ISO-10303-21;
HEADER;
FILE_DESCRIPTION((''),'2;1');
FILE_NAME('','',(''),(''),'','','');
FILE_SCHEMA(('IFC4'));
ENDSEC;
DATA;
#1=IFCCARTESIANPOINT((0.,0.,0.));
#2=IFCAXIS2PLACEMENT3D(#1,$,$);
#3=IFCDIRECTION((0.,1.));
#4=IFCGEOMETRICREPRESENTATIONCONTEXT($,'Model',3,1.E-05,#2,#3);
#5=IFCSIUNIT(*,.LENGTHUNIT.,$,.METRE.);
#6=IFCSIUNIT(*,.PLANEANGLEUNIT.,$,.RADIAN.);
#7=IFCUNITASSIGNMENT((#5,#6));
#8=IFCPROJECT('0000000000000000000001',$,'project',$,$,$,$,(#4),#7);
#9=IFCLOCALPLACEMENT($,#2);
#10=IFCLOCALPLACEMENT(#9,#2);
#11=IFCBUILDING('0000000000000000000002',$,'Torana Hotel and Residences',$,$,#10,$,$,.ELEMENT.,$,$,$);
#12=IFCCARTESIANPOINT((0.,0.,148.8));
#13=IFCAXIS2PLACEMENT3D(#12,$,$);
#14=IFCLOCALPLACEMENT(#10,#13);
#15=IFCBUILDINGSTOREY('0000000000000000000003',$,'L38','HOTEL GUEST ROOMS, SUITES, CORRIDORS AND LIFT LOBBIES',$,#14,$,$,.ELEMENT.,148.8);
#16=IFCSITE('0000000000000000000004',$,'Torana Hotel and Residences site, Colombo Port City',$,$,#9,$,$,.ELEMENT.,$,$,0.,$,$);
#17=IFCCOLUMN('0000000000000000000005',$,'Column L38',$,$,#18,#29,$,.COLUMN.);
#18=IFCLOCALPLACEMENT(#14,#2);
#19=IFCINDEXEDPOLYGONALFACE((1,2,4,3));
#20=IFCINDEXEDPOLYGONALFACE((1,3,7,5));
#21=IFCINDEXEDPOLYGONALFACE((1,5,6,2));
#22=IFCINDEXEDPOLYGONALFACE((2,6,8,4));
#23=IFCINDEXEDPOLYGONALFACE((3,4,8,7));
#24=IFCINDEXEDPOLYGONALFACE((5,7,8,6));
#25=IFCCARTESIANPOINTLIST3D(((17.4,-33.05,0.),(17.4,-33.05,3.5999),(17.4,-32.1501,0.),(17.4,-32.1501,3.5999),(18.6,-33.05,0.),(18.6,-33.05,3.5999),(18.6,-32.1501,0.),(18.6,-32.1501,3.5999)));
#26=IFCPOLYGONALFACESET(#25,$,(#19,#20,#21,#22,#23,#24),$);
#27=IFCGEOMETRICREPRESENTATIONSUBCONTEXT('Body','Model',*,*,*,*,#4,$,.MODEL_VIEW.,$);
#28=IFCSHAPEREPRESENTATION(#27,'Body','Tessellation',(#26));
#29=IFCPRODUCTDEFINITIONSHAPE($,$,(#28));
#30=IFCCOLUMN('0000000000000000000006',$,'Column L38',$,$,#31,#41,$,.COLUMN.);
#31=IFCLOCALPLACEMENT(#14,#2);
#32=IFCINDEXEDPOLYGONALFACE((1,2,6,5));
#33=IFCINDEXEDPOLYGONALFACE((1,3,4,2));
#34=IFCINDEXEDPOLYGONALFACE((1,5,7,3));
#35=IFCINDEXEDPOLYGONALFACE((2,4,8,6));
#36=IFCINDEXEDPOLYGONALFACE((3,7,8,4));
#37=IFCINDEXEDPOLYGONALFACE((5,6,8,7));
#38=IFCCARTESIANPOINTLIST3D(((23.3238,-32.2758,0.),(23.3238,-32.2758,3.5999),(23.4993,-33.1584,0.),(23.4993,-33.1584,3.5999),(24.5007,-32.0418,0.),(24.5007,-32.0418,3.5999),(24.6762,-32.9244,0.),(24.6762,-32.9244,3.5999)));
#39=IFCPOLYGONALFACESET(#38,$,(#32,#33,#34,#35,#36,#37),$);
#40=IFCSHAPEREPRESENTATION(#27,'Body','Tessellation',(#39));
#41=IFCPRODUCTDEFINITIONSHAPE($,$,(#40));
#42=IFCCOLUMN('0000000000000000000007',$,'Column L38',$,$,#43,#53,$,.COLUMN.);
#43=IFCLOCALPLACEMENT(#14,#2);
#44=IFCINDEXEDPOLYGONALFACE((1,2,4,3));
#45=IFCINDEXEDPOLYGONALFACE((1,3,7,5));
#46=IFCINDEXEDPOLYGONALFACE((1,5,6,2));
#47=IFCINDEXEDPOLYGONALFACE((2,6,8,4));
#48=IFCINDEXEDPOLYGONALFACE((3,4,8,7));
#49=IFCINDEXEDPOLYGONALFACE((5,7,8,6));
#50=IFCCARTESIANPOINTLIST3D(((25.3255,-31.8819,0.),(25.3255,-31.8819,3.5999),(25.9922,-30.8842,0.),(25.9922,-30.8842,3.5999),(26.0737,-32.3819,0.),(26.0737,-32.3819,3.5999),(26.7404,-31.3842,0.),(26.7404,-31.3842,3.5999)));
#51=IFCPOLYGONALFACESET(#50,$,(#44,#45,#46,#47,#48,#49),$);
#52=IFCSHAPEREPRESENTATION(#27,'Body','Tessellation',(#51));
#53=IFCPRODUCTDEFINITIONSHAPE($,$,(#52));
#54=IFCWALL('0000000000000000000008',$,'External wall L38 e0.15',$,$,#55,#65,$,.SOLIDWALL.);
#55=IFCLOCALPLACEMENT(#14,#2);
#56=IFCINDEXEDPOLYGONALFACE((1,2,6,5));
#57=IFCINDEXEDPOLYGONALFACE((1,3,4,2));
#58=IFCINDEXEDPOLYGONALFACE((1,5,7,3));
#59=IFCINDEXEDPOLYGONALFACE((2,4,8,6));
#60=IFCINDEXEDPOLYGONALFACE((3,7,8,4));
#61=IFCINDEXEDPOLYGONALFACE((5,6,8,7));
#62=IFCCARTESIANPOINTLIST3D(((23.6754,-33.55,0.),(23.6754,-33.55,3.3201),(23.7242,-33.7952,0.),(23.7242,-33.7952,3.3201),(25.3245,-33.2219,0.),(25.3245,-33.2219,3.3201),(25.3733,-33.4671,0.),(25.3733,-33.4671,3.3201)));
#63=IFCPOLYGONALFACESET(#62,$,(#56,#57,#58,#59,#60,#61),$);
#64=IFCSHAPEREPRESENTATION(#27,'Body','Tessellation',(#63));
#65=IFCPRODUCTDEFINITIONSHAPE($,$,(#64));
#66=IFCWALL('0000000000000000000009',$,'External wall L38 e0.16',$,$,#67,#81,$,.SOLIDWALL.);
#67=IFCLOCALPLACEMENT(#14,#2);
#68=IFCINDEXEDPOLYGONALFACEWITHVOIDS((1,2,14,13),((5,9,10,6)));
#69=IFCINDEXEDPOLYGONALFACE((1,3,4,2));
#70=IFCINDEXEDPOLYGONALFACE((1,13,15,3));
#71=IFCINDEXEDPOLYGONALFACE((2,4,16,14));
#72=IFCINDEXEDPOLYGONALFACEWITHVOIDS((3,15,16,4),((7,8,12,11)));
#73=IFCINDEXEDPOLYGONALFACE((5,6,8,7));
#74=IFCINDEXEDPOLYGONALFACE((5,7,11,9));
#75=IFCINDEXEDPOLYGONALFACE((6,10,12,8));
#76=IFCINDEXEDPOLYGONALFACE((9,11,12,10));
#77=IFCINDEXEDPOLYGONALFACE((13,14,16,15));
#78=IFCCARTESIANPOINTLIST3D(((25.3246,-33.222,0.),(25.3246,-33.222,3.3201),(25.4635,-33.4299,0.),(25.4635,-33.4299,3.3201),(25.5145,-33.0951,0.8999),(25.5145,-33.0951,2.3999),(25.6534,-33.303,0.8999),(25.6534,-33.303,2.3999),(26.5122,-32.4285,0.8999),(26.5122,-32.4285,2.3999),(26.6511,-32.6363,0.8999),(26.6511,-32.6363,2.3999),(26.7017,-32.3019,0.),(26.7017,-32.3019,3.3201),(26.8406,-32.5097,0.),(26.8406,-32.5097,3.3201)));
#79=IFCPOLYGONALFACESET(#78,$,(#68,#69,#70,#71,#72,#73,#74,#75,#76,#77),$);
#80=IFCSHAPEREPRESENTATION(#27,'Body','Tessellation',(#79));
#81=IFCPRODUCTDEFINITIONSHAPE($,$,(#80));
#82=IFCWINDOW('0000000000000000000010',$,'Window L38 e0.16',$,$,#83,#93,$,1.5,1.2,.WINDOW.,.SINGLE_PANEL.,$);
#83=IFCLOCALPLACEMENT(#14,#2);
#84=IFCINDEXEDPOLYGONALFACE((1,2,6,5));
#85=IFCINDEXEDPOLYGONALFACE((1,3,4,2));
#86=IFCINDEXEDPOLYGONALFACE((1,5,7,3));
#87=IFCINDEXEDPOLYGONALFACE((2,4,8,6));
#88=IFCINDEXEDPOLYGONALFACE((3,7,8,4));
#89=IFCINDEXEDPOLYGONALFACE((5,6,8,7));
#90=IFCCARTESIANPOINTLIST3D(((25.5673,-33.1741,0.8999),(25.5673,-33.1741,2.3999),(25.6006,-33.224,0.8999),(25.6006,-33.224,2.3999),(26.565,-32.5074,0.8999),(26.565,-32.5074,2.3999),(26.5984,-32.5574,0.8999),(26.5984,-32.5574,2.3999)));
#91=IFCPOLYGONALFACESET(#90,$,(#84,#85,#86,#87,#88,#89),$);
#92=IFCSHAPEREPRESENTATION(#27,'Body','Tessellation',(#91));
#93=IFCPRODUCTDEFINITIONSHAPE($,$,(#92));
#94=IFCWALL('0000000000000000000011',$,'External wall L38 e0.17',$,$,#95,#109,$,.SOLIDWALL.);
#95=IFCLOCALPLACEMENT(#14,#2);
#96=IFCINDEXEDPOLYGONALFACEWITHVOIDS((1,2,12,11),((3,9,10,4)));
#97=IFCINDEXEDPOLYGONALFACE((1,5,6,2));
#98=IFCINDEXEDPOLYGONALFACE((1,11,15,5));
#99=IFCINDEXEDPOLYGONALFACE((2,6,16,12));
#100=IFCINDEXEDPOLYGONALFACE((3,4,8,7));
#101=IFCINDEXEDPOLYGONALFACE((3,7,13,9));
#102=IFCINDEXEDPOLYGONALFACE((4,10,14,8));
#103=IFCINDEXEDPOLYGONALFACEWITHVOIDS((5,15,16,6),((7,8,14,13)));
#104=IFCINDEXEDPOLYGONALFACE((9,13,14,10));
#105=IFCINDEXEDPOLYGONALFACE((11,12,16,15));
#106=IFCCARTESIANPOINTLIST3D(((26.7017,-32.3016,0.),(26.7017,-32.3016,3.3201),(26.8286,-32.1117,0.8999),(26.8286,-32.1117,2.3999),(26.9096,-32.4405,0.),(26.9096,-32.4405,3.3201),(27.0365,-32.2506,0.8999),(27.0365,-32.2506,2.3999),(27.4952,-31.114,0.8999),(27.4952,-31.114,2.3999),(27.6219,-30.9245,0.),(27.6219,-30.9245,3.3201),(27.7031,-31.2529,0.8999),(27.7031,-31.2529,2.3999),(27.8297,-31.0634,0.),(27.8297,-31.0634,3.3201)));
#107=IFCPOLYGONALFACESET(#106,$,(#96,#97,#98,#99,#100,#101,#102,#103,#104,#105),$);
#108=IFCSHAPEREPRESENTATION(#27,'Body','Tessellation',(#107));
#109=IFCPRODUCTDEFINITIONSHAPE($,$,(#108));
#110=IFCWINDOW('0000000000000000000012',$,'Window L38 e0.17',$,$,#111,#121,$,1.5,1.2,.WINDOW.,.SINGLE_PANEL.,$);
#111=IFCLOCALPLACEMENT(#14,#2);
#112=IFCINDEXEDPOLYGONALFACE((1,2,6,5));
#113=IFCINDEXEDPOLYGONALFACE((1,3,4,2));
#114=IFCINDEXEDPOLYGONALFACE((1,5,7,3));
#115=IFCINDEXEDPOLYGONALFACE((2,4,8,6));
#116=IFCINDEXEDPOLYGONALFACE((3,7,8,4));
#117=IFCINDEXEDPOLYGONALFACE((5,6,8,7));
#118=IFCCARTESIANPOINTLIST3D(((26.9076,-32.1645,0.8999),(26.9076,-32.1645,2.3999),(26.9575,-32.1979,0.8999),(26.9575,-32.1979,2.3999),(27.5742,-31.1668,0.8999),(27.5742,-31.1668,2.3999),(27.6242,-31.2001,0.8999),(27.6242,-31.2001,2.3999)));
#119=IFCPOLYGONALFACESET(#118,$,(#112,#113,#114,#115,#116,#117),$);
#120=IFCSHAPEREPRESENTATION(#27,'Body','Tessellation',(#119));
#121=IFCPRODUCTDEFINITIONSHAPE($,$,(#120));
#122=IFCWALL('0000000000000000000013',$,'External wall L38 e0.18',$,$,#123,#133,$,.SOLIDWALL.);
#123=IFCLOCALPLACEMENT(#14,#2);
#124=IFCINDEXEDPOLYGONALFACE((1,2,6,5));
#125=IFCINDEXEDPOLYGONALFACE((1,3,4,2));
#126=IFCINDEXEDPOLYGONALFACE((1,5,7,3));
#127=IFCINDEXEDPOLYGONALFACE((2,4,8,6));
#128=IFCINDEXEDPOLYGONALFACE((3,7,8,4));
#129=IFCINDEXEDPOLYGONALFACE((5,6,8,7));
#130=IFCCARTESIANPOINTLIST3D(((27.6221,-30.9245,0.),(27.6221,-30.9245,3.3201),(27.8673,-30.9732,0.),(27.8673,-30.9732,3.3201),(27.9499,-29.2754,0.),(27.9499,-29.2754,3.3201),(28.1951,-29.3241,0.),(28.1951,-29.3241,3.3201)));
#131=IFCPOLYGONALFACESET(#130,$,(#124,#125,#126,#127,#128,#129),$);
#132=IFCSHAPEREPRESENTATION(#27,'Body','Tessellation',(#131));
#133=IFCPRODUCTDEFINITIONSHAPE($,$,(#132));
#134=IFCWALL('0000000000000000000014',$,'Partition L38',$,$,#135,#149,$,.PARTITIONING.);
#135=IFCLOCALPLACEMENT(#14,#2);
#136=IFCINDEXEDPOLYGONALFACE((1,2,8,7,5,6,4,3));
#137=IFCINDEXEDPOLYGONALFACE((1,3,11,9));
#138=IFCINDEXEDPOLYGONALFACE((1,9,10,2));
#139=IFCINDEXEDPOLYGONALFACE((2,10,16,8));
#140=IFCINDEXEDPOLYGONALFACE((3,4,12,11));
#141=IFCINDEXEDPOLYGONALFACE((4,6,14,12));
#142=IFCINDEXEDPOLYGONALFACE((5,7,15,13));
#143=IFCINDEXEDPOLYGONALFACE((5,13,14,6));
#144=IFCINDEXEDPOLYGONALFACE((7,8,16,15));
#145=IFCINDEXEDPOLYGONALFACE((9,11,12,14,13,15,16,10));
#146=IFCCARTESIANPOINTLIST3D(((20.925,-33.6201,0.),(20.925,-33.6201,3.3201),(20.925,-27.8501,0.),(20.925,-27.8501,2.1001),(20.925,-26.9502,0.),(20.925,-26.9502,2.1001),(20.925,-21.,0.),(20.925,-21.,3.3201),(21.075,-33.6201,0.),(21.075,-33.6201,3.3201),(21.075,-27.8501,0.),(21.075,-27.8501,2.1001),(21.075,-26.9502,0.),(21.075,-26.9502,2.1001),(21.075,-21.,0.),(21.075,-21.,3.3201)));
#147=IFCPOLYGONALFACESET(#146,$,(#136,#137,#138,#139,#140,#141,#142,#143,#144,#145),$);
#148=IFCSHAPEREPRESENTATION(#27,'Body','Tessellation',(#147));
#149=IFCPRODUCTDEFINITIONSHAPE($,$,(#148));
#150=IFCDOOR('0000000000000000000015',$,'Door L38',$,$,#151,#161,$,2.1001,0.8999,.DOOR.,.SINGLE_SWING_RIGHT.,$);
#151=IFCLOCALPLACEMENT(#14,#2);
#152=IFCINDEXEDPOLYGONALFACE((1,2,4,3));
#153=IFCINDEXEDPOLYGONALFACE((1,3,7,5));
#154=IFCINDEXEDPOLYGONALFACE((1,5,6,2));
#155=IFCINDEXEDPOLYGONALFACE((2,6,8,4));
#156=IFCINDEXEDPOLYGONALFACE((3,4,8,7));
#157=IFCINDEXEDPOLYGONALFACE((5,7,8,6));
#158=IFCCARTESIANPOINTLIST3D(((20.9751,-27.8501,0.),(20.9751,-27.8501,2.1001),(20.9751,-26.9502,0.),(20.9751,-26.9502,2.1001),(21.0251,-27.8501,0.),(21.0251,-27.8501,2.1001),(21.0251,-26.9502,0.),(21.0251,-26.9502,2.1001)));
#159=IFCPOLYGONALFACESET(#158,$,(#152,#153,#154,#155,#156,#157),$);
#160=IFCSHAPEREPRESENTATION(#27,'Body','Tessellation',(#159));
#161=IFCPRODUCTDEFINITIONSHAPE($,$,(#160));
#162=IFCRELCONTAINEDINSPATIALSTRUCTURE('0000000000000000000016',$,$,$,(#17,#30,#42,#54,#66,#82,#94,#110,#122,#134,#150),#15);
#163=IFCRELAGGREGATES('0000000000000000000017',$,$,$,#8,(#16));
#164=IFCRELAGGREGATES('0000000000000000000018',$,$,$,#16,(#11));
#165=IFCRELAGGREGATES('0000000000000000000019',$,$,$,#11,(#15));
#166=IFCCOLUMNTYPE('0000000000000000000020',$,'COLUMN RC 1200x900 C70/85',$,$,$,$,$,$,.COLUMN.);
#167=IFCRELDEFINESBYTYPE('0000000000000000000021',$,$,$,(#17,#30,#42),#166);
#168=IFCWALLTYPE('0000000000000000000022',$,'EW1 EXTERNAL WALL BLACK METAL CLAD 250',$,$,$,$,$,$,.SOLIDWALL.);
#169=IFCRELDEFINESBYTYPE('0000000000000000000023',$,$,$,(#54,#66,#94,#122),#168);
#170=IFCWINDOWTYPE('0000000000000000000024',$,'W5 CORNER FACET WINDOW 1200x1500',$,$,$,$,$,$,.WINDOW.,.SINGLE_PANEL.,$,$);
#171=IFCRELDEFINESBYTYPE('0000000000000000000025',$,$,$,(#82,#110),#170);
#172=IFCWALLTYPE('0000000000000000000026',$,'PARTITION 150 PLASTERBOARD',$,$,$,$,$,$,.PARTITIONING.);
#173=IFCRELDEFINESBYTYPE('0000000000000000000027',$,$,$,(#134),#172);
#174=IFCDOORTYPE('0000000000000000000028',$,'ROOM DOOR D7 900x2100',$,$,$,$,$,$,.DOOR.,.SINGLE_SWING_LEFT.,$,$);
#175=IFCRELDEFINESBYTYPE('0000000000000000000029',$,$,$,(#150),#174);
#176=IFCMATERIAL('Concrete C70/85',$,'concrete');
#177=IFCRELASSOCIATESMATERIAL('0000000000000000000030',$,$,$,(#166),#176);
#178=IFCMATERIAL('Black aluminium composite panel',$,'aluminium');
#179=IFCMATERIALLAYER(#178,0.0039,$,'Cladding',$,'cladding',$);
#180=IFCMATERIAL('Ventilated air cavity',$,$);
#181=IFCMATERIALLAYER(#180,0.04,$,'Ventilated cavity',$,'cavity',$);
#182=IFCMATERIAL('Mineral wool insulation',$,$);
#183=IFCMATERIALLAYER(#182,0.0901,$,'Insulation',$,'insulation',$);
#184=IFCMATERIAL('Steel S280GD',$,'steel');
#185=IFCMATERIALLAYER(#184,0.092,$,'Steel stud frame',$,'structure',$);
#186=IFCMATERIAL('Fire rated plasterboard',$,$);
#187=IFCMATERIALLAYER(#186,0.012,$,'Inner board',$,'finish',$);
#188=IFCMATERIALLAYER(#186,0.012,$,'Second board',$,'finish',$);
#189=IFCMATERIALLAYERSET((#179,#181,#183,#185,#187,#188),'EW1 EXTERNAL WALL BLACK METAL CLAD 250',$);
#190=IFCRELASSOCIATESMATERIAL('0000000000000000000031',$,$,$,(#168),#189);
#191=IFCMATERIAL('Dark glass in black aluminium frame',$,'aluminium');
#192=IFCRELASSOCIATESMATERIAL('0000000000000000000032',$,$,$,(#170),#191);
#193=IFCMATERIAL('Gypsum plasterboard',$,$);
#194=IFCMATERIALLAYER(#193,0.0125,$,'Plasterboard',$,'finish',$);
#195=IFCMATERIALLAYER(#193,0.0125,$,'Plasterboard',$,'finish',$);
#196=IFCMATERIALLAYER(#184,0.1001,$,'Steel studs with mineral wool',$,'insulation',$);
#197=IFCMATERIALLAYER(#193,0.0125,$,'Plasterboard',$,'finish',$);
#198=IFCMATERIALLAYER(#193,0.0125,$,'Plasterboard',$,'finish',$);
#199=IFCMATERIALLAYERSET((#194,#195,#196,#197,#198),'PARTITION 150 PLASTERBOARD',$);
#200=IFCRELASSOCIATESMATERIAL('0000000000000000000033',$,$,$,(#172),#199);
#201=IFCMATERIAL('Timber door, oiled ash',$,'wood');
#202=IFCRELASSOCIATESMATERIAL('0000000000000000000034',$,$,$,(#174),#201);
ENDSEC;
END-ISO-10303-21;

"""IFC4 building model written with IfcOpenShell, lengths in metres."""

from ifc_helpers import new_model, si_unit, direction, frame, frame_2d, origin, origin_2d, place, context, subcontext, project, spatial, rectangle, extrude, material, layer, layer_set, material_profile, profile_set, type_object, element, fill, save


model = new_model("IFC4")

# Units and contexts
model_context = context("Model", 3, precision=1e-05, world=origin(), true_north=direction((0.0, 1.0)))
body_context = subcontext(model_context, "Body", "Model", "MODEL_VIEW")
ifc_project = project(units=[si_unit("LENGTHUNIT", "METRE"), si_unit("PLANEANGLEUNIT", "RADIAN")], contexts=[model_context])

# Site, building, storey
site_placement = place(None, origin())
site = spatial("IfcSite", under=ifc_project, at=site_placement, Name="Torana Hotel and Residences site, Colombo Port City", CompositionType="ELEMENT", RefElevation=0.0)
building_placement = place(site_placement, origin())
building = spatial("IfcBuilding", under=site, at=building_placement, Name="Torana Hotel and Residences", CompositionType="ELEMENT")
storey_placement = place(building_placement, frame((0.0, 0.0, 148.8)))
storey = spatial("IfcBuildingStorey", under=building, at=storey_placement, Name="L38", Description="HOTEL GUEST ROOMS, SUITES, CORRIDORS AND LIFT LOBBIES", CompositionType="ELEMENT", Elevation=148.8)

# Columns
ifc_material_1 = material(Name="Concrete C70/85", Category="concrete")
ifc_material_profile = material_profile(ifc_material_1, rectangle(XDim=1.2, YDim=0.8999, at=origin_2d()), Name="RC 1200x900")
ifc_profile_set = profile_set([ifc_material_profile], Name="Concrete C70/85")
column_type = type_object("IfcColumnType", Name="COLUMN RC 1200x900 C70/85", PredefinedType="COLUMN", material=ifc_profile_set)
for number, where, z_axis, x_axis, name in (
    (1, (18.0, -32.6001, 0.0), (0.0, 0.0, 1.0), (1.0, 0.0, 0.0), "Column L38"),
    (2, (24.0, -32.6001, 0.0), (0.0, 0.0, 1.0), (0.980792, 0.195056, 0.0), "Column L38"),
    (3, (26.033, -31.6331, 0.0), (0.0, 0.0, 1.0), (0.555585, 0.83146, 0.0), "Column L38"),
):
    element("IfcColumn", number, at=place(storey_placement, frame(where, z_axis=z_axis, x_axis=x_axis)), inside=storey, type_object=column_type, Name=name, PredefinedType="COLUMN", context=body_context, shape_type="SweptSolid", body=[
        extrude(rectangle(XDim=1.2, YDim=0.8999, at=origin_2d()), origin(), (0.0, 0.0, 1.0), 3.5999),
    ])

# Wall
ifc_material_2 = material(Name="Black aluminium composite panel", Category="aluminium")
ifc_layer_1 = layer(ifc_material_2, 0.0039, Name="Cladding", Category="cladding")
ifc_material_3 = material(Name="Ventilated air cavity")
ifc_layer_2 = layer(ifc_material_3, 0.04, Name="Ventilated cavity", Category="cavity")
ifc_material_4 = material(Name="Mineral wool insulation")
ifc_layer_3 = layer(ifc_material_4, 0.0901, Name="Insulation", Category="insulation")
ifc_material_5 = material(Name="Steel S280GD", Category="steel")
ifc_layer_4 = layer(ifc_material_5, 0.092, Name="Steel stud frame", Category="structure")
ifc_material_6 = material(Name="Fire rated plasterboard")
ifc_layer_5 = layer(ifc_material_6, 0.012, Name="Inner board", Category="finish")
ifc_layer_6 = layer(ifc_material_6, 0.012, Name="Second board", Category="finish")
ifc_layer_set_1 = layer_set([ifc_layer_1, ifc_layer_2, ifc_layer_3, ifc_layer_4, ifc_layer_5, ifc_layer_6], Name="EW1 EXTERNAL WALL BLACK METAL CLAD 250")
wall_type_1 = type_object("IfcWallType", Name="EW1 EXTERNAL WALL BLACK METAL CLAD 250", PredefinedType="SOLIDWALL", material=ifc_layer_set_1)
wall_1_placement = place(storey_placement, frame((23.6997, -33.6726, 0.0), z_axis=(0.0, 0.0, 1.0), x_axis=(0.980776, 0.195139, 0.0)))
element("IfcWall", 4, at=wall_1_placement, inside=storey, type_object=wall_type_1, Name="External wall L38 e0.15", PredefinedType="SOLIDWALL", context=body_context, shape_type="SweptSolid", body=[
    extrude(rectangle(XDim=1.6814, YDim=0.25, at=frame_2d((0.8408, 0.0))), origin(), (0.0, 0.0, 1.0), 3.3201),
])

# Walls, openings, windows
wall_2_placement = place(storey_placement, frame((25.394, -33.3259, 0.0), z_axis=(0.0, 0.0, 1.0), x_axis=(0.831483, 0.55555, 0.0)))
wall_2 = element("IfcWall", 5, at=wall_2_placement, inside=storey, type_object=wall_type_1, Name="External wall L38 e0.16", PredefinedType="SOLIDWALL", context=body_context, shape_type="SweptSolid", body=[
    extrude(rectangle(XDim=1.6562, YDim=0.25, at=frame_2d((0.8281, 0.0))), origin(), (0.0, 0.0, 1.0), 3.3201),
])
opening_1_placement = place(wall_2_placement, frame((0.2283, 0.0, 0.8999)))
opening_1 = element("IfcOpeningElement", 6, at=opening_1_placement, cuts=wall_2, PredefinedType="OPENING", context=body_context, shape_type="SweptSolid", body=[
    extrude(rectangle(XDim=1.2, YDim=1.5, at=frame_2d((0.6001, 0.75))), frame((0.0, 0.135, 0.0), z_axis=(0.0, -1.0, 0.0), x_axis=(1.0, 0.0, 0.0)), (0.0, 0.0, 1.0), 0.27),
])
ifc_material_7 = material(Name="Dark glass in black aluminium frame", Category="aluminium")
window_type_1 = type_object("IfcWindowType", Name="W5 CORNER FACET WINDOW 1200x1500", PartitioningType="SINGLE_PANEL", PredefinedType="WINDOW", material=ifc_material_7)
window_1_placement = place(opening_1_placement, origin())
window_1 = element("IfcWindow", 7, at=window_1_placement, inside=storey, type_object=window_type_1, Name="Window L38 e0.16", OverallHeight=1.5, OverallWidth=1.2, PartitioningType="SINGLE_PANEL", PredefinedType="WINDOW", context=body_context, shape_type="SweptSolid", body=[
    extrude(rectangle(XDim=1.2, YDim=1.5, at=frame_2d((0.6001, 0.75))), frame((0.0, 0.03, 0.0), z_axis=(0.0, -1.0, 0.0), x_axis=(1.0, 0.0, 0.0)), (0.0, 0.0, 1.0), 0.0601),
])
fill(opening_1, window_1)
wall_3_placement = place(storey_placement, frame((26.8057, -32.3711, 0.0), z_axis=(0.0, 0.0, 1.0), x_axis=(0.55555, 0.831483, 0.0)))
wall_3 = element("IfcWall", 8, at=wall_3_placement, inside=storey, type_object=wall_type_1, Name="External wall L38 e0.17", PredefinedType="SOLIDWALL", context=body_context, shape_type="SweptSolid", body=[
    extrude(rectangle(XDim=1.6562, YDim=0.25, at=frame_2d((0.8281, 0.0))), origin(), (0.0, 0.0, 1.0), 3.3201),
])
opening_2_placement = place(wall_3_placement, frame((0.2283, 0.0, 0.8999)))
opening_2 = element("IfcOpeningElement", 9, at=opening_2_placement, cuts=wall_3, PredefinedType="OPENING", context=body_context, shape_type="SweptSolid", body=[
    extrude(rectangle(XDim=1.2, YDim=1.5, at=frame_2d((0.6001, 0.75))), frame((0.0, 0.135, 0.0), z_axis=(0.0, -1.0, 0.0), x_axis=(1.0, 0.0, 0.0)), (0.0, 0.0, 1.0), 0.27),
])
window_2_placement = place(opening_2_placement, origin())
window_2 = element("IfcWindow", 10, at=window_2_placement, inside=storey, type_object=window_type_1, Name="Window L38 e0.17", OverallHeight=1.5, OverallWidth=1.2, PartitioningType="SINGLE_PANEL", PredefinedType="WINDOW", context=body_context, shape_type="SweptSolid", body=[
    extrude(rectangle(XDim=1.2, YDim=1.5, at=frame_2d((0.6001, 0.75))), frame((0.0, 0.03, 0.0), z_axis=(0.0, -1.0, 0.0), x_axis=(1.0, 0.0, 0.0)), (0.0, 0.0, 1.0), 0.0601),
])
fill(opening_2, window_2)

# Wall
wall_4_placement = place(storey_placement, frame((27.7446, -30.949, 0.0), z_axis=(0.0, 0.0, 1.0), x_axis=(0.194999, 0.980803, 0.0)))
element("IfcWall", 11, at=wall_4_placement, inside=storey, type_object=wall_type_1, Name="External wall L38 e0.18", PredefinedType="SOLIDWALL", context=body_context, shape_type="SweptSolid", body=[
    extrude(rectangle(XDim=1.6814, YDim=0.25, at=frame_2d((0.8408, 0.0))), origin(), (0.0, 0.0, 1.0), 3.3201),
])

# Wall, opening, door
ifc_material_8 = material(Name="Gypsum plasterboard")
ifc_layer_7 = layer(ifc_material_8, 0.0125, Name="Plasterboard", Category="finish")
ifc_layer_8 = layer(ifc_material_8, 0.0125, Name="Plasterboard", Category="finish")
ifc_layer_9 = layer(ifc_material_5, 0.1001, Name="Steel studs with mineral wool", Category="insulation")
ifc_layer_10 = layer(ifc_material_8, 0.0125, Name="Plasterboard", Category="finish")
ifc_layer_11 = layer(ifc_material_8, 0.0125, Name="Plasterboard", Category="finish")
ifc_layer_set_2 = layer_set([ifc_layer_7, ifc_layer_8, ifc_layer_9, ifc_layer_10, ifc_layer_11], Name="PARTITION 150 PLASTERBOARD")
wall_type_2 = type_object("IfcWallType", Name="PARTITION 150 PLASTERBOARD", PredefinedType="PARTITIONING", material=ifc_layer_set_2)
wall_5_placement = place(storey_placement, frame((21.0, -33.6201, 0.0), z_axis=(0.0, 0.0, 1.0), x_axis=(0.0, 1.0, 0.0)))
wall_5 = element("IfcWall", 12, at=wall_5_placement, inside=storey, type_object=wall_type_2, Name="Partition L38", PredefinedType="PARTITIONING", context=body_context, shape_type="SweptSolid", body=[
    extrude(rectangle(XDim=12.6201, YDim=0.1499, at=frame_2d((6.3101, 0.0))), origin(), (0.0, 0.0, 1.0), 3.3201),
])
opening_3_placement = place(wall_5_placement, frame((5.77, 0.0, 0.0)))
opening_3 = element("IfcOpeningElement", 13, at=opening_3_placement, cuts=wall_5, PredefinedType="OPENING", context=body_context, shape_type="SweptSolid", body=[
    extrude(rectangle(XDim=0.8999, YDim=2.1001, at=frame_2d((0.45, 1.05))), frame((0.0, 0.085, 0.0), z_axis=(0.0, -1.0, 0.0), x_axis=(1.0, 0.0, 0.0)), (0.0, 0.0, 1.0), 0.1699),
])
ifc_material_9 = material(Name="Timber door, oiled ash", Category="wood")
door_type_1 = type_object("IfcDoorType", Name="ROOM DOOR D7 900x2100", OperationType="SINGLE_SWING_LEFT", PredefinedType="DOOR", material=ifc_material_9)
door_1_placement = place(opening_3_placement, origin())
door_1 = element("IfcDoor", 14, at=door_1_placement, inside=storey, type_object=door_type_1, Name="Door L38", OperationType="SINGLE_SWING_RIGHT", OverallHeight=2.1001, OverallWidth=0.8999, PredefinedType="DOOR", context=body_context, shape_type="SweptSolid", body=[
    extrude(rectangle(XDim=0.8999, YDim=2.1001, at=frame_2d((0.45, 1.05))), frame((0.0, 0.0249, 0.0), z_axis=(0.0, -1.0, 0.0), x_axis=(1.0, 0.0, 0.0)), (0.0, 0.0, 1.0), 0.05),
])
fill(opening_3, door_1)

save(model, "model.ifc")
